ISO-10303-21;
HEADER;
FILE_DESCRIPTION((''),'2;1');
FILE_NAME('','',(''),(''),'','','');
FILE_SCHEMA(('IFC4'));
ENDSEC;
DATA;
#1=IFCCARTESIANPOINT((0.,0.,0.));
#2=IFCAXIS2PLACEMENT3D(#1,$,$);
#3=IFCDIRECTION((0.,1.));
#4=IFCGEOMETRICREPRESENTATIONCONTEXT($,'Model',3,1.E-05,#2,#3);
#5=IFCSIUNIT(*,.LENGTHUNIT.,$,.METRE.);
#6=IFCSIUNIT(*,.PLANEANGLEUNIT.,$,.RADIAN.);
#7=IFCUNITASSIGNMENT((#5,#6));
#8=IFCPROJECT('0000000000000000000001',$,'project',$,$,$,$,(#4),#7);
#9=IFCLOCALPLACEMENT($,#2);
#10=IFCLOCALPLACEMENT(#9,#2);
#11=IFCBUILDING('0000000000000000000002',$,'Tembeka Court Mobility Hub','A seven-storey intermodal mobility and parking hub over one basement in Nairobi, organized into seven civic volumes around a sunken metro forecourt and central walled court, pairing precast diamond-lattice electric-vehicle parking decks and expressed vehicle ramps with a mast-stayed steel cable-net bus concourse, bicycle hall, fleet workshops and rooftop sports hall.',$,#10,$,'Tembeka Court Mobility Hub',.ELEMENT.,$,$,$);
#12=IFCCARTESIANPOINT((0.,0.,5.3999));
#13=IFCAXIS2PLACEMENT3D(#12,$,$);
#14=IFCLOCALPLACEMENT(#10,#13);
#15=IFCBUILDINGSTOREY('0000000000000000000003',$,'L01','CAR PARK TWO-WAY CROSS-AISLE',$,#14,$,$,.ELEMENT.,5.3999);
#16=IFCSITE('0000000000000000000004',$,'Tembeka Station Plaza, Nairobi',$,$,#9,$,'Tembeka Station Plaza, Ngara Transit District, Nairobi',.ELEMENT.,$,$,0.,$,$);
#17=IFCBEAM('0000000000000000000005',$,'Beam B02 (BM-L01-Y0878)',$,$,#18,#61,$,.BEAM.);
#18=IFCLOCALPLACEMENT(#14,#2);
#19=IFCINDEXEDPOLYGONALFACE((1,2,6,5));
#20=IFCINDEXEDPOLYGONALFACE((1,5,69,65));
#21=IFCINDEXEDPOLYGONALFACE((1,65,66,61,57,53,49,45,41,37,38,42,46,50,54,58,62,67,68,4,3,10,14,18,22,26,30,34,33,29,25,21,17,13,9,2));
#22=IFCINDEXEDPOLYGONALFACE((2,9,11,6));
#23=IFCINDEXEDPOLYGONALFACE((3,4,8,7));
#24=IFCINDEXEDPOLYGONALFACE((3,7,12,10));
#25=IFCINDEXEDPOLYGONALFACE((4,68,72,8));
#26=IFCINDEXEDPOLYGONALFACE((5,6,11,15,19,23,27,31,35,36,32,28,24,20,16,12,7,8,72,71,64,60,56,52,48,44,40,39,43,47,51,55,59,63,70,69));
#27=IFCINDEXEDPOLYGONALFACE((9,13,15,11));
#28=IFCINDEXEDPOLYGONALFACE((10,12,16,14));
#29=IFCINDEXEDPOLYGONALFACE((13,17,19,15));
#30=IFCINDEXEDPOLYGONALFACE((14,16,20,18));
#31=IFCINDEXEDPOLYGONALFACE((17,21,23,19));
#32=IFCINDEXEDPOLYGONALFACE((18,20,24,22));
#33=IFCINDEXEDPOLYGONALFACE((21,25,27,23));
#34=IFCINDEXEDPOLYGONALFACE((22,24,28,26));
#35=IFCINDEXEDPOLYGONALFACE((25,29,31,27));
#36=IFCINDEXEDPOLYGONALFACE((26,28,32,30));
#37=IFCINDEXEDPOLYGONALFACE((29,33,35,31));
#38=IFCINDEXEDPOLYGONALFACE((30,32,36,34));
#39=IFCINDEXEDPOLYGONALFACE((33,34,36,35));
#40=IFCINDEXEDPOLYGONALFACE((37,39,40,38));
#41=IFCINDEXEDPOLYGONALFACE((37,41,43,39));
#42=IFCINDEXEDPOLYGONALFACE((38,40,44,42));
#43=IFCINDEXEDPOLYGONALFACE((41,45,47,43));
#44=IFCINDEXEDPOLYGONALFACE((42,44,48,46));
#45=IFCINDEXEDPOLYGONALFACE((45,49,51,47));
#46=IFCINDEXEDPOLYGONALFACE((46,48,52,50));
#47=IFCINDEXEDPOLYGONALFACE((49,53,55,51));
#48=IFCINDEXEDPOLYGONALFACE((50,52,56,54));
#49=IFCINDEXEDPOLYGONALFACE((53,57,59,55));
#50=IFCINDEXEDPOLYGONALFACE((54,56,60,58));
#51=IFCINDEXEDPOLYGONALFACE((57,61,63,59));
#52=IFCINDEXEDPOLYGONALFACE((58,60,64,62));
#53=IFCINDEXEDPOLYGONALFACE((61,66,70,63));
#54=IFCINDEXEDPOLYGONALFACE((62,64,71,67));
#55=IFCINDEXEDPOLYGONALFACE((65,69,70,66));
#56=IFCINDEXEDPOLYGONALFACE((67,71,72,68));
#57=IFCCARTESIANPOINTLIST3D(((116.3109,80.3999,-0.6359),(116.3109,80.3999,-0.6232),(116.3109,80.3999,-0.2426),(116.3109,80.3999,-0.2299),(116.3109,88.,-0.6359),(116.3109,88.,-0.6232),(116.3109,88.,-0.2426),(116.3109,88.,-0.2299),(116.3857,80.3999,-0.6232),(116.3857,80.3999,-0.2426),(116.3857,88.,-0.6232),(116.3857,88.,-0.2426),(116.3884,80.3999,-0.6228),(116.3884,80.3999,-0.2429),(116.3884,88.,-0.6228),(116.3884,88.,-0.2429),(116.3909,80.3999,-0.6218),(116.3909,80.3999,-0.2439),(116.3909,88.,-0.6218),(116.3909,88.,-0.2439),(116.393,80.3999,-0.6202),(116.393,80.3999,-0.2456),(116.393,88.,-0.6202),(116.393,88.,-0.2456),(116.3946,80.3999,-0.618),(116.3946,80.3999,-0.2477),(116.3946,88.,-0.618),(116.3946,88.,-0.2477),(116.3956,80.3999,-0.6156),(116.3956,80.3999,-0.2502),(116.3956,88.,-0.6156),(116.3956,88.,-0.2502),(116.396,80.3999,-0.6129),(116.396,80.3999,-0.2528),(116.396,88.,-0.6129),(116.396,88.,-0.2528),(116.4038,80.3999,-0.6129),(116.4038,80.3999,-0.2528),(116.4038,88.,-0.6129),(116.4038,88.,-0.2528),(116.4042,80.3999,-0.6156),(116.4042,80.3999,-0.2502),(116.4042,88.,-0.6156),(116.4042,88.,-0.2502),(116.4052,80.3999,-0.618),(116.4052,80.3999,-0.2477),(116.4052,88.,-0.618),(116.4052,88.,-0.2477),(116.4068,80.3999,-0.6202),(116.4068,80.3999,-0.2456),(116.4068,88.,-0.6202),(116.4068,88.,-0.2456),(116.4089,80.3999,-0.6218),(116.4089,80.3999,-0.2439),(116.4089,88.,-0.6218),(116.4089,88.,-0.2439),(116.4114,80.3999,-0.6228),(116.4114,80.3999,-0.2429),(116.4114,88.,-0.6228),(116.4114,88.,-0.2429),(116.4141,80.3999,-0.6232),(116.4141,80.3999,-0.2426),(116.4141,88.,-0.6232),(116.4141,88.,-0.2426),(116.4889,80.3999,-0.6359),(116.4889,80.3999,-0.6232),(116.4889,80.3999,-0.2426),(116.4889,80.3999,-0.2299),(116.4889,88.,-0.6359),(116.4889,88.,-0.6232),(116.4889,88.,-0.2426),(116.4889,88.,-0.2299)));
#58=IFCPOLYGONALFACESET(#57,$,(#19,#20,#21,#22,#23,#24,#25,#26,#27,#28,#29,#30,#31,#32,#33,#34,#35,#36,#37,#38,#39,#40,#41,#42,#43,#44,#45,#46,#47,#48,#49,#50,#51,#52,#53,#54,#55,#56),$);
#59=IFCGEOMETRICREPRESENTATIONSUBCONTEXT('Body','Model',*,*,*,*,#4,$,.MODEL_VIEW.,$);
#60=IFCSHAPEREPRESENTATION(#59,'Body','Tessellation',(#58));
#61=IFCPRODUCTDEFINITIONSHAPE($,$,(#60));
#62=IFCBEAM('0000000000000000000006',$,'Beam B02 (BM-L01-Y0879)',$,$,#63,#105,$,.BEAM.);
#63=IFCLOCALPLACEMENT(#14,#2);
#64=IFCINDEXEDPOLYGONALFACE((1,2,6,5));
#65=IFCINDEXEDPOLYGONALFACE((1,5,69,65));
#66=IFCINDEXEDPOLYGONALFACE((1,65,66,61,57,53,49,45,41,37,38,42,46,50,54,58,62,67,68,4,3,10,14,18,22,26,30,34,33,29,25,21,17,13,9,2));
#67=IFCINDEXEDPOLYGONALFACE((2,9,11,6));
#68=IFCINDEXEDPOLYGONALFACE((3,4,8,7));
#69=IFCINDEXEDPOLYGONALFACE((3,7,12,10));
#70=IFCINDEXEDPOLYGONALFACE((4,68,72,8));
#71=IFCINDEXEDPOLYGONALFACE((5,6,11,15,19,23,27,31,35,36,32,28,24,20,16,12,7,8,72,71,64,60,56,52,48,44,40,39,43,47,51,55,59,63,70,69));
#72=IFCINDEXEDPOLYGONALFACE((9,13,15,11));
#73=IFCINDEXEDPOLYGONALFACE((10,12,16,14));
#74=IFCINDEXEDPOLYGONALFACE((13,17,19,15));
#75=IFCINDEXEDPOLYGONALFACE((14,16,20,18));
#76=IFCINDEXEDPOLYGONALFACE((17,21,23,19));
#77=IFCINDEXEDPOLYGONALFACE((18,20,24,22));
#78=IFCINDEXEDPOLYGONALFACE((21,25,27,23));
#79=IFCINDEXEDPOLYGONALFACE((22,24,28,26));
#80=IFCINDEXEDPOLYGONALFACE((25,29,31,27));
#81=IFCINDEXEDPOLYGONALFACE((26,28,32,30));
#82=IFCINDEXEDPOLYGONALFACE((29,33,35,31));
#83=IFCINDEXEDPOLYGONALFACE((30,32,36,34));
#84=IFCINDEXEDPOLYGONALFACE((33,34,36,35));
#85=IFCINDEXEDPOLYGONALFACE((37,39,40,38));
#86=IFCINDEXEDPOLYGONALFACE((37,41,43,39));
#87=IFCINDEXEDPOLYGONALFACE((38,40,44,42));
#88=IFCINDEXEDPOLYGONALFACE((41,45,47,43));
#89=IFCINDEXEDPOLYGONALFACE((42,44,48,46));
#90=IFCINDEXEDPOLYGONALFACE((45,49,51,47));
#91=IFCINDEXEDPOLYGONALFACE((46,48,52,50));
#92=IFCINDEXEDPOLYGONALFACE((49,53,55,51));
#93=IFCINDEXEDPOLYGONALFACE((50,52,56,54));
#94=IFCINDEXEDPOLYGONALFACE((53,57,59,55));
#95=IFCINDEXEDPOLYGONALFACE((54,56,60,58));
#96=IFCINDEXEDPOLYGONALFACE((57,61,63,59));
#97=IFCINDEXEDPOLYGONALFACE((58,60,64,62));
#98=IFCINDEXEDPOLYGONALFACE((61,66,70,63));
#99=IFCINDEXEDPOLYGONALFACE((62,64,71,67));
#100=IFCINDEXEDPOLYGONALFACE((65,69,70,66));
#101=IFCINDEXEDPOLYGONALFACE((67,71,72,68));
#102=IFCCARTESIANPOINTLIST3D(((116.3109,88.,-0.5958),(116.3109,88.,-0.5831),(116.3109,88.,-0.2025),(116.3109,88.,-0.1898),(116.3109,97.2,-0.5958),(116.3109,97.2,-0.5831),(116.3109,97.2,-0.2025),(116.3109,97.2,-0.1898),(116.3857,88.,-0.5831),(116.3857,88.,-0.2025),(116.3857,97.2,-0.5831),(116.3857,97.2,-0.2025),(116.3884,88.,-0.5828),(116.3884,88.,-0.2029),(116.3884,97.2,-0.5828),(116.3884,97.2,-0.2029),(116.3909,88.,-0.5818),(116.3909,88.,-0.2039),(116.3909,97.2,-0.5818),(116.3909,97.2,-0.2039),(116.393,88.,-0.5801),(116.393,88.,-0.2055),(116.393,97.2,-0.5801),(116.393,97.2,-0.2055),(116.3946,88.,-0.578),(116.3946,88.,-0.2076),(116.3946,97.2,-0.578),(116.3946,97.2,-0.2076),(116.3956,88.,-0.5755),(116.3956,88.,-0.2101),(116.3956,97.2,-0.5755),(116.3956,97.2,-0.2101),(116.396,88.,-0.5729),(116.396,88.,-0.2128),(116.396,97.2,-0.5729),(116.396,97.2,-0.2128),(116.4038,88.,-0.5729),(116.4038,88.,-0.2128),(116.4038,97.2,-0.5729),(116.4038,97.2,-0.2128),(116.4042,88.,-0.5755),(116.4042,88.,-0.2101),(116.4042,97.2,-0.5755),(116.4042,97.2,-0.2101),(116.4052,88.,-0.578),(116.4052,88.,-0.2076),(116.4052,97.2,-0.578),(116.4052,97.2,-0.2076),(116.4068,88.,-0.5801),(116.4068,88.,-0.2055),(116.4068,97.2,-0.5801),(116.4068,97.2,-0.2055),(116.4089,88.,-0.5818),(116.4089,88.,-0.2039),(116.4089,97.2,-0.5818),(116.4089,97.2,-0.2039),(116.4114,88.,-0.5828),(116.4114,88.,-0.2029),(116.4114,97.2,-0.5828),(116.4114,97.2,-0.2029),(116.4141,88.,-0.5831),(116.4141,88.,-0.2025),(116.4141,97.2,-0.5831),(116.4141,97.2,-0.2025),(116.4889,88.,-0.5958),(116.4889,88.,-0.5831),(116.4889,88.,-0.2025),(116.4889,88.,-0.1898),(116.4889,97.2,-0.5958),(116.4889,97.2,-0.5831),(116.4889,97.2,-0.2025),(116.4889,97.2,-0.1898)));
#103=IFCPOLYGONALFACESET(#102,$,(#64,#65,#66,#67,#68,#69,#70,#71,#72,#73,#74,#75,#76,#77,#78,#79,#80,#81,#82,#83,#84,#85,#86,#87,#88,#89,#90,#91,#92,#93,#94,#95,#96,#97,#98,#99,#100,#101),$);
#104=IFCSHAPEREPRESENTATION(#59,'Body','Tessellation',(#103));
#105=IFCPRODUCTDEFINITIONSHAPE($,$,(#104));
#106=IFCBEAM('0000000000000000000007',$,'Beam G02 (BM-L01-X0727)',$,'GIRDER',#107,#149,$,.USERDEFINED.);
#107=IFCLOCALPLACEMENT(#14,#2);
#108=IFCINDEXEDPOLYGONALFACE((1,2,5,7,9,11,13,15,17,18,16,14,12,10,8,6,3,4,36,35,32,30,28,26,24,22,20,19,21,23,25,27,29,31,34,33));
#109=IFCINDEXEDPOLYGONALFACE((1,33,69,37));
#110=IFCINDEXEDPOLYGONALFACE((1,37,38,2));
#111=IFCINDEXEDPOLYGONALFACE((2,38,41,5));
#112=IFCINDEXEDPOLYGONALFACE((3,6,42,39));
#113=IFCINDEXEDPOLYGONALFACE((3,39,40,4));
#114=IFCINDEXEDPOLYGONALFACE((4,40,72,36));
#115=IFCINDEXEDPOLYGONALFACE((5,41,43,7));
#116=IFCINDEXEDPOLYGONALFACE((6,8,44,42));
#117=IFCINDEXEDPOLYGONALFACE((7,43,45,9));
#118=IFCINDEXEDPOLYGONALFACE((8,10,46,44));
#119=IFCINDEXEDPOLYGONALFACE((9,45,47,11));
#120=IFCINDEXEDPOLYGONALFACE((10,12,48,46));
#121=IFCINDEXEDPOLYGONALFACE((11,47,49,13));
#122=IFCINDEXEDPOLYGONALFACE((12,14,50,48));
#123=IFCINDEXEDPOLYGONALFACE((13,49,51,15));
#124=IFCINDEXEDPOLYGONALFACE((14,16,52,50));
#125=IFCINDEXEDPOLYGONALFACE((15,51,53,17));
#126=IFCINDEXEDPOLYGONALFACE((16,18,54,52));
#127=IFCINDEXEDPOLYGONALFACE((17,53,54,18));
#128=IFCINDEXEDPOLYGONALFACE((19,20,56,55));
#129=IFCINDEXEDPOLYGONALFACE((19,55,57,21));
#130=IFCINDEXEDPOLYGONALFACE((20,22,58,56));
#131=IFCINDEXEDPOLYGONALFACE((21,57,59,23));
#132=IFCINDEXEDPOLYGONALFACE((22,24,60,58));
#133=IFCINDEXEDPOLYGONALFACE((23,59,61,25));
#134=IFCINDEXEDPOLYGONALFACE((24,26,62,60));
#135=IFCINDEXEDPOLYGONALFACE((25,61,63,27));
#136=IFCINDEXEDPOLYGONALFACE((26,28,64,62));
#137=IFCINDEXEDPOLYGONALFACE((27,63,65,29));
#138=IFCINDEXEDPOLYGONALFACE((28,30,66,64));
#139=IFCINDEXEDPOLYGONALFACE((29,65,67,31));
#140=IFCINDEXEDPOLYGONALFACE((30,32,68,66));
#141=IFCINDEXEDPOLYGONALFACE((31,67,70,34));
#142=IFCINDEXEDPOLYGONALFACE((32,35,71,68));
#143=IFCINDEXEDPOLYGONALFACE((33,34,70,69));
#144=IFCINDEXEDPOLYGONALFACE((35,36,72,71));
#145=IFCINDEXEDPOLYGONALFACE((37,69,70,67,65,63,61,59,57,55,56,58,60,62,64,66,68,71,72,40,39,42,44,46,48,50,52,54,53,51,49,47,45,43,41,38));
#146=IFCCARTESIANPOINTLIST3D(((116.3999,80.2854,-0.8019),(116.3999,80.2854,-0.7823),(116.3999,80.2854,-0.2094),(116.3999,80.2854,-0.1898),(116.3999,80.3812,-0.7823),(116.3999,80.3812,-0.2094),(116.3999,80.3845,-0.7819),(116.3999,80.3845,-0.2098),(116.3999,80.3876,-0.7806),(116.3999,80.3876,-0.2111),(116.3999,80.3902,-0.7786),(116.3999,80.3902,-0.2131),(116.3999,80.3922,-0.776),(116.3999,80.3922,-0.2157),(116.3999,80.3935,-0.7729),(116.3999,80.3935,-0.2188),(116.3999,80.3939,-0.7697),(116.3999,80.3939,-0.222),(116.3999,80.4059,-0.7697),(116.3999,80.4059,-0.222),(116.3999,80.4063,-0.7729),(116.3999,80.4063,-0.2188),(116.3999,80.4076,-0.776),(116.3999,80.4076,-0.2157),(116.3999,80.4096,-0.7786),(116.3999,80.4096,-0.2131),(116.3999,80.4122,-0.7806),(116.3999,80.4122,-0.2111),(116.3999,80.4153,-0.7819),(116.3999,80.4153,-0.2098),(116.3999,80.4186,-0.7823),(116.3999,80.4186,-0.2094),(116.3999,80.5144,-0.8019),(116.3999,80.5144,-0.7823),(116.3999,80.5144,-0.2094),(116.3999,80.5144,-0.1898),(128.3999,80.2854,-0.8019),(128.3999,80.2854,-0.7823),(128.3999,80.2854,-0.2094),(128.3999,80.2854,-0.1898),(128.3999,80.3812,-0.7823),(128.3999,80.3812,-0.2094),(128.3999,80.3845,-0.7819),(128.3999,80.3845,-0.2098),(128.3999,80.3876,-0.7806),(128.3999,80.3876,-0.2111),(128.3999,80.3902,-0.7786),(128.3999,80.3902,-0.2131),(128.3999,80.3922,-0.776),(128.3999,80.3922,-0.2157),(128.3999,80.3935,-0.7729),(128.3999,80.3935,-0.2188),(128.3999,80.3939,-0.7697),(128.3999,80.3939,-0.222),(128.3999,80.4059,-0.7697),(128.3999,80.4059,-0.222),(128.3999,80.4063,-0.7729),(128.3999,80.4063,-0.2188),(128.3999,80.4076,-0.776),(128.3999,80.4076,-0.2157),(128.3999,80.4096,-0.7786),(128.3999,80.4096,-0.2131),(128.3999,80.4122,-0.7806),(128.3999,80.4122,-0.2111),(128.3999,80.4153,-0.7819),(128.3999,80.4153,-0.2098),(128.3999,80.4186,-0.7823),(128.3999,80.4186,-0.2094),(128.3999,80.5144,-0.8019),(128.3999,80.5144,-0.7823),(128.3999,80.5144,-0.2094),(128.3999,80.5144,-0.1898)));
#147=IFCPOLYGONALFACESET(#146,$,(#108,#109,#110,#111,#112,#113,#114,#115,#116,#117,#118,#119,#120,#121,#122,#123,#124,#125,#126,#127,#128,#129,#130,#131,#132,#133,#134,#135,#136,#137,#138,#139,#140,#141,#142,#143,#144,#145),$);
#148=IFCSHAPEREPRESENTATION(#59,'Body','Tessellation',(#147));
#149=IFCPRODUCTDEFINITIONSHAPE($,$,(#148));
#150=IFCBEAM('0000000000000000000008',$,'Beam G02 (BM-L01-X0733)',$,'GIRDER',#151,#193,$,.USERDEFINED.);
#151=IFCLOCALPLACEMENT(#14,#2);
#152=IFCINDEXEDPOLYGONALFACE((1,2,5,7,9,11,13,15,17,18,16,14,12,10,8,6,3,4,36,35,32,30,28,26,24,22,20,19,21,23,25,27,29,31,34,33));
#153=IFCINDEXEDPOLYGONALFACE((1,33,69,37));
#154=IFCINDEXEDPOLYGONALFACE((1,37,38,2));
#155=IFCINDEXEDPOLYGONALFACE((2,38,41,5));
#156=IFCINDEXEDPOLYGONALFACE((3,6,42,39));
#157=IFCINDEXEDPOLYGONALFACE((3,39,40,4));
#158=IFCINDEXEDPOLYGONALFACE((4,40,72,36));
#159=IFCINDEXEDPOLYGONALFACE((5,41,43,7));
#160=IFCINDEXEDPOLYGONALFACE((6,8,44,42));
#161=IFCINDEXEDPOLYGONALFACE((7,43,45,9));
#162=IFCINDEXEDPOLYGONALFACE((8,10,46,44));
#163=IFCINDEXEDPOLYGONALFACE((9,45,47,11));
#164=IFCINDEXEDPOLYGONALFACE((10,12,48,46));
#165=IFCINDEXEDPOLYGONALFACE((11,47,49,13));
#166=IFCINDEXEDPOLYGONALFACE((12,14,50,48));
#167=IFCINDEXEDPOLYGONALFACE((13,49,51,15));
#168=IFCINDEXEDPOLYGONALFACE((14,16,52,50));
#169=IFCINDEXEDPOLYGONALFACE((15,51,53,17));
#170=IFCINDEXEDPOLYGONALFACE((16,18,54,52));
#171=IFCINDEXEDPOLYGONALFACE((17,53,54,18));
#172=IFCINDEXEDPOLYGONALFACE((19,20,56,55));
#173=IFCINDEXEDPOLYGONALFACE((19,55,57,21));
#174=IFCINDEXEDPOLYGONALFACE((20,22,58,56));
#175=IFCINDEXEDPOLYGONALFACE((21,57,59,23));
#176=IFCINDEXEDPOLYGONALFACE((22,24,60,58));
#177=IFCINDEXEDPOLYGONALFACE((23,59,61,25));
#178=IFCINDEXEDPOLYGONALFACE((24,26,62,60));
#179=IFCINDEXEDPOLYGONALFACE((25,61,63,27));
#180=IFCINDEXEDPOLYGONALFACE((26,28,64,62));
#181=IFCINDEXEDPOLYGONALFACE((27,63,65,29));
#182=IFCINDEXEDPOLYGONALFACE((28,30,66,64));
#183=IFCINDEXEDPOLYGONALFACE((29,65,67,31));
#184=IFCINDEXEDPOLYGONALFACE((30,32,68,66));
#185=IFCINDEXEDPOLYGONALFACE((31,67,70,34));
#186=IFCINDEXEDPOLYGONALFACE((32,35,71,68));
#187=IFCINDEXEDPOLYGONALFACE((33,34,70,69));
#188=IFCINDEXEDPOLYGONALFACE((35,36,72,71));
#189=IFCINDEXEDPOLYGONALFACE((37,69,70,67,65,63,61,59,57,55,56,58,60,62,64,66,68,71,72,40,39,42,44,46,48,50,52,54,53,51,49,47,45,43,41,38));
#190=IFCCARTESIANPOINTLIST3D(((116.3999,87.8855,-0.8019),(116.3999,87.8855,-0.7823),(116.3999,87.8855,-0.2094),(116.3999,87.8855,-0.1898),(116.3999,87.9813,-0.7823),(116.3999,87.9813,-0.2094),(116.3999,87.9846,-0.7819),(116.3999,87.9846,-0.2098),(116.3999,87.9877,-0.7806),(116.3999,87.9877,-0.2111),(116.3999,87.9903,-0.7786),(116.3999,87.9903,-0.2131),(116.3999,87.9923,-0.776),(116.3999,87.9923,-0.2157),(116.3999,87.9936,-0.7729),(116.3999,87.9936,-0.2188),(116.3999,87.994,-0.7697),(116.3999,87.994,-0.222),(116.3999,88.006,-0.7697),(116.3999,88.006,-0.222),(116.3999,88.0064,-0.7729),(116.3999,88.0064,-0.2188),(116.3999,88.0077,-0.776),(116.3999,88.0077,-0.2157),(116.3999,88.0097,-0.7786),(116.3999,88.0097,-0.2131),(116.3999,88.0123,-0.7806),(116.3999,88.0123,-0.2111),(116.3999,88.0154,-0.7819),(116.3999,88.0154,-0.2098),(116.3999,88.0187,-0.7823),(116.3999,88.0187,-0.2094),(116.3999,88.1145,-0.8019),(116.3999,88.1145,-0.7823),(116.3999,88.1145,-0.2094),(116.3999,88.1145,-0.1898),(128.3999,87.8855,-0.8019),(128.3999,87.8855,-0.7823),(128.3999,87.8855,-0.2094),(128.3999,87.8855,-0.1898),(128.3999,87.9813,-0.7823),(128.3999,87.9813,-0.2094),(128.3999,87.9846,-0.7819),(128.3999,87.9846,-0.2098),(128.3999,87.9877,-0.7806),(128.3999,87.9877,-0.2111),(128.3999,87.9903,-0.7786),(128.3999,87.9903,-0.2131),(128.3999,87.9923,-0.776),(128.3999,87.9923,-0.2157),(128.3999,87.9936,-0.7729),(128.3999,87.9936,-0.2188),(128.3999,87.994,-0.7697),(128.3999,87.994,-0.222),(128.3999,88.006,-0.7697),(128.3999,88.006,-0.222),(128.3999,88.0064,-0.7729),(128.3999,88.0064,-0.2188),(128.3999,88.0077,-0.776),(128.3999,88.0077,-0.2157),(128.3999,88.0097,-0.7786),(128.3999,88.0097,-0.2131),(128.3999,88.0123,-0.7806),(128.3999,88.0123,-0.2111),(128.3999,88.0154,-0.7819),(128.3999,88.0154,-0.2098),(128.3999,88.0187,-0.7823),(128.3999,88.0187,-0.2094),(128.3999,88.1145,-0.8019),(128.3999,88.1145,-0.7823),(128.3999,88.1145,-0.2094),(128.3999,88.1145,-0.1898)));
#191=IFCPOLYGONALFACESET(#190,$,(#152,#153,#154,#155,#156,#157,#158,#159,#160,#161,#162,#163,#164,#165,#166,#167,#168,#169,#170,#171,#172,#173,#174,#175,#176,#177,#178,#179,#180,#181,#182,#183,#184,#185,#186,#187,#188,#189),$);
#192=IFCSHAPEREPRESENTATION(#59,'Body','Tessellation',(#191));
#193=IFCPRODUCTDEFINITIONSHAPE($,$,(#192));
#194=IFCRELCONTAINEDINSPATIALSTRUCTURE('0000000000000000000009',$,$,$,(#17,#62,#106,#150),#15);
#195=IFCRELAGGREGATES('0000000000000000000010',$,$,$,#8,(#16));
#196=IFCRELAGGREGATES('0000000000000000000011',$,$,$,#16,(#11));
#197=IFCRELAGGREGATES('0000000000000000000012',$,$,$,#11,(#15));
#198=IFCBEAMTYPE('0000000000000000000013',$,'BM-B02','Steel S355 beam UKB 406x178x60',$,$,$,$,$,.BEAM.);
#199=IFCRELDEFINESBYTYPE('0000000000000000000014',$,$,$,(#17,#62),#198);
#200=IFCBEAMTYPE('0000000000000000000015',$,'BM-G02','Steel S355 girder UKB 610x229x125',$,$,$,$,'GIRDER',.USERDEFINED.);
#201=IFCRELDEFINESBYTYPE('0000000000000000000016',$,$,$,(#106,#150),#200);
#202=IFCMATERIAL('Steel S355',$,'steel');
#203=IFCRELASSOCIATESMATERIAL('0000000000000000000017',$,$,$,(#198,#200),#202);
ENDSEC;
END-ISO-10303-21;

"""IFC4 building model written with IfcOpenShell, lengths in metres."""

from ifc_helpers import new_model, si_unit, direction, frame, origin, origin_2d, place, context, subcontext, project, spatial, i_section, extrude, material, material_profile, profile_set, type_object, element, save


model = new_model("IFC4")

# Units and contexts
model_context = context("Model", 3, precision=1e-05, world=origin(), true_north=direction((0.0, 1.0)))
body_context = subcontext(model_context, "Body", "Model", "MODEL_VIEW")
ifc_project = project(units=[si_unit("LENGTHUNIT", "METRE"), si_unit("PLANEANGLEUNIT", "RADIAN")], contexts=[model_context])

# Site, building, storey
site_placement = place(None, origin())
site = spatial("IfcSite", under=ifc_project, at=site_placement, Name="Tembeka Station Plaza, Nairobi", LongName="Tembeka Station Plaza, Ngara Transit District, Nairobi", CompositionType="ELEMENT", RefElevation=0.0)
building_placement = place(site_placement, origin())
building = spatial("IfcBuilding", under=site, at=building_placement, Name="Tembeka Court Mobility Hub", Description="A seven-storey intermodal mobility and parking hub over one basement in Nairobi, organized into seven civic volumes around a sunken metro forecourt and central walled court, pairing precast diamond-lattice electric-vehicle parking decks and expressed vehicle ramps with a mast-stayed steel cable-net bus concourse, bicycle hall, fleet workshops and rooftop sports hall.", LongName="Tembeka Court Mobility Hub", CompositionType="ELEMENT")
storey_placement = place(building_placement, frame((0.0, 0.0, 5.3999)))
storey = spatial("IfcBuildingStorey", under=building, at=storey_placement, Name="L01", Description="CAR PARK TWO-WAY CROSS-AISLE", CompositionType="ELEMENT", Elevation=5.3999)

# Beams
ifc_material_1 = material(Name="Steel S355", Category="steel")
ifc_material_profile_1 = material_profile(ifc_material_1, i_section(OverallWidth=0.178, OverallDepth=0.406, WebThickness=0.0078, FlangeThickness=0.0127, FilletRadius=0.0103, at=origin_2d()), Name="UKB 406x178x60")
ifc_profile_set_1 = profile_set([ifc_material_profile_1], Name="Steel S355")
beam_type_1 = type_object("IfcBeamType", Name="BM-B02", Description="Steel S355 beam UKB 406x178x60", PredefinedType="BEAM", material=ifc_profile_set_1)
beam_1_placement = place(storey_placement, frame((116.3999, 80.3999, -0.4329), z_axis=(0.0, 1.0, 0.0), x_axis=(-1.0, 0.0, 0.0)))
element("IfcBeam", 1, at=beam_1_placement, inside=storey, type_object=beam_type_1, Name="Beam B02 (BM-L01-Y0878)", PredefinedType="BEAM", context=body_context, shape_type="SweptSolid", body=[
    extrude(i_section(OverallWidth=0.178, OverallDepth=0.406, WebThickness=0.0078, FlangeThickness=0.0127, FilletRadius=0.0103, at=origin_2d()), origin(), (0.0, 0.0, 1.0), 7.6001),
])
beam_2_placement = place(storey_placement, frame((116.3999, 88.0, -0.3928), z_axis=(0.0, 1.0, 0.0), x_axis=(-1.0, 0.0, 0.0)))
element("IfcBeam", 2, at=beam_2_placement, inside=storey, type_object=beam_type_1, Name="Beam B02 (BM-L01-Y0879)", PredefinedType="BEAM", context=body_context, shape_type="SweptSolid", body=[
    extrude(i_section(OverallWidth=0.178, OverallDepth=0.406, WebThickness=0.0078, FlangeThickness=0.0127, FilletRadius=0.0103, at=origin_2d()), origin(), (0.0, 0.0, 1.0), 9.2),
])
ifc_material_profile_2 = material_profile(ifc_material_1, i_section(OverallWidth=0.229, OverallDepth=0.6121, WebThickness=0.012, FlangeThickness=0.0195, FilletRadius=0.0127, at=origin_2d()), Name="UKB 610x229x125")
ifc_profile_set_2 = profile_set([ifc_material_profile_2], Name="Steel S355")
beam_type_2 = type_object("IfcBeamType", Name="BM-G02", Description="Steel S355 girder UKB 610x229x125", ElementType="GIRDER", PredefinedType="USERDEFINED", material=ifc_profile_set_2)
for number, where, z_axis, x_axis, name in (
    (3, (116.3999, 80.3999, -0.4958), (1.0, 0.0, 0.0), (0.0, 1.0, 0.0), "Beam G02 (BM-L01-X0727)"),
    (4, (116.3999, 88.0, -0.4958), (1.0, 0.0, 0.0), (0.0, 1.0, 0.0), "Beam G02 (BM-L01-X0733)"),
):
    element("IfcBeam", number, at=place(storey_placement, frame(where, z_axis=z_axis, x_axis=x_axis)), inside=storey, type_object=beam_type_2, Name=name, ObjectType="GIRDER", PredefinedType="USERDEFINED", context=body_context, shape_type="SweptSolid", body=[
        extrude(i_section(OverallWidth=0.229, OverallDepth=0.6121, WebThickness=0.012, FlangeThickness=0.0195, FilletRadius=0.0127, at=origin_2d()), origin(), (0.0, 0.0, 1.0), 12.0),
    ])

save(model, "model.ifc")
